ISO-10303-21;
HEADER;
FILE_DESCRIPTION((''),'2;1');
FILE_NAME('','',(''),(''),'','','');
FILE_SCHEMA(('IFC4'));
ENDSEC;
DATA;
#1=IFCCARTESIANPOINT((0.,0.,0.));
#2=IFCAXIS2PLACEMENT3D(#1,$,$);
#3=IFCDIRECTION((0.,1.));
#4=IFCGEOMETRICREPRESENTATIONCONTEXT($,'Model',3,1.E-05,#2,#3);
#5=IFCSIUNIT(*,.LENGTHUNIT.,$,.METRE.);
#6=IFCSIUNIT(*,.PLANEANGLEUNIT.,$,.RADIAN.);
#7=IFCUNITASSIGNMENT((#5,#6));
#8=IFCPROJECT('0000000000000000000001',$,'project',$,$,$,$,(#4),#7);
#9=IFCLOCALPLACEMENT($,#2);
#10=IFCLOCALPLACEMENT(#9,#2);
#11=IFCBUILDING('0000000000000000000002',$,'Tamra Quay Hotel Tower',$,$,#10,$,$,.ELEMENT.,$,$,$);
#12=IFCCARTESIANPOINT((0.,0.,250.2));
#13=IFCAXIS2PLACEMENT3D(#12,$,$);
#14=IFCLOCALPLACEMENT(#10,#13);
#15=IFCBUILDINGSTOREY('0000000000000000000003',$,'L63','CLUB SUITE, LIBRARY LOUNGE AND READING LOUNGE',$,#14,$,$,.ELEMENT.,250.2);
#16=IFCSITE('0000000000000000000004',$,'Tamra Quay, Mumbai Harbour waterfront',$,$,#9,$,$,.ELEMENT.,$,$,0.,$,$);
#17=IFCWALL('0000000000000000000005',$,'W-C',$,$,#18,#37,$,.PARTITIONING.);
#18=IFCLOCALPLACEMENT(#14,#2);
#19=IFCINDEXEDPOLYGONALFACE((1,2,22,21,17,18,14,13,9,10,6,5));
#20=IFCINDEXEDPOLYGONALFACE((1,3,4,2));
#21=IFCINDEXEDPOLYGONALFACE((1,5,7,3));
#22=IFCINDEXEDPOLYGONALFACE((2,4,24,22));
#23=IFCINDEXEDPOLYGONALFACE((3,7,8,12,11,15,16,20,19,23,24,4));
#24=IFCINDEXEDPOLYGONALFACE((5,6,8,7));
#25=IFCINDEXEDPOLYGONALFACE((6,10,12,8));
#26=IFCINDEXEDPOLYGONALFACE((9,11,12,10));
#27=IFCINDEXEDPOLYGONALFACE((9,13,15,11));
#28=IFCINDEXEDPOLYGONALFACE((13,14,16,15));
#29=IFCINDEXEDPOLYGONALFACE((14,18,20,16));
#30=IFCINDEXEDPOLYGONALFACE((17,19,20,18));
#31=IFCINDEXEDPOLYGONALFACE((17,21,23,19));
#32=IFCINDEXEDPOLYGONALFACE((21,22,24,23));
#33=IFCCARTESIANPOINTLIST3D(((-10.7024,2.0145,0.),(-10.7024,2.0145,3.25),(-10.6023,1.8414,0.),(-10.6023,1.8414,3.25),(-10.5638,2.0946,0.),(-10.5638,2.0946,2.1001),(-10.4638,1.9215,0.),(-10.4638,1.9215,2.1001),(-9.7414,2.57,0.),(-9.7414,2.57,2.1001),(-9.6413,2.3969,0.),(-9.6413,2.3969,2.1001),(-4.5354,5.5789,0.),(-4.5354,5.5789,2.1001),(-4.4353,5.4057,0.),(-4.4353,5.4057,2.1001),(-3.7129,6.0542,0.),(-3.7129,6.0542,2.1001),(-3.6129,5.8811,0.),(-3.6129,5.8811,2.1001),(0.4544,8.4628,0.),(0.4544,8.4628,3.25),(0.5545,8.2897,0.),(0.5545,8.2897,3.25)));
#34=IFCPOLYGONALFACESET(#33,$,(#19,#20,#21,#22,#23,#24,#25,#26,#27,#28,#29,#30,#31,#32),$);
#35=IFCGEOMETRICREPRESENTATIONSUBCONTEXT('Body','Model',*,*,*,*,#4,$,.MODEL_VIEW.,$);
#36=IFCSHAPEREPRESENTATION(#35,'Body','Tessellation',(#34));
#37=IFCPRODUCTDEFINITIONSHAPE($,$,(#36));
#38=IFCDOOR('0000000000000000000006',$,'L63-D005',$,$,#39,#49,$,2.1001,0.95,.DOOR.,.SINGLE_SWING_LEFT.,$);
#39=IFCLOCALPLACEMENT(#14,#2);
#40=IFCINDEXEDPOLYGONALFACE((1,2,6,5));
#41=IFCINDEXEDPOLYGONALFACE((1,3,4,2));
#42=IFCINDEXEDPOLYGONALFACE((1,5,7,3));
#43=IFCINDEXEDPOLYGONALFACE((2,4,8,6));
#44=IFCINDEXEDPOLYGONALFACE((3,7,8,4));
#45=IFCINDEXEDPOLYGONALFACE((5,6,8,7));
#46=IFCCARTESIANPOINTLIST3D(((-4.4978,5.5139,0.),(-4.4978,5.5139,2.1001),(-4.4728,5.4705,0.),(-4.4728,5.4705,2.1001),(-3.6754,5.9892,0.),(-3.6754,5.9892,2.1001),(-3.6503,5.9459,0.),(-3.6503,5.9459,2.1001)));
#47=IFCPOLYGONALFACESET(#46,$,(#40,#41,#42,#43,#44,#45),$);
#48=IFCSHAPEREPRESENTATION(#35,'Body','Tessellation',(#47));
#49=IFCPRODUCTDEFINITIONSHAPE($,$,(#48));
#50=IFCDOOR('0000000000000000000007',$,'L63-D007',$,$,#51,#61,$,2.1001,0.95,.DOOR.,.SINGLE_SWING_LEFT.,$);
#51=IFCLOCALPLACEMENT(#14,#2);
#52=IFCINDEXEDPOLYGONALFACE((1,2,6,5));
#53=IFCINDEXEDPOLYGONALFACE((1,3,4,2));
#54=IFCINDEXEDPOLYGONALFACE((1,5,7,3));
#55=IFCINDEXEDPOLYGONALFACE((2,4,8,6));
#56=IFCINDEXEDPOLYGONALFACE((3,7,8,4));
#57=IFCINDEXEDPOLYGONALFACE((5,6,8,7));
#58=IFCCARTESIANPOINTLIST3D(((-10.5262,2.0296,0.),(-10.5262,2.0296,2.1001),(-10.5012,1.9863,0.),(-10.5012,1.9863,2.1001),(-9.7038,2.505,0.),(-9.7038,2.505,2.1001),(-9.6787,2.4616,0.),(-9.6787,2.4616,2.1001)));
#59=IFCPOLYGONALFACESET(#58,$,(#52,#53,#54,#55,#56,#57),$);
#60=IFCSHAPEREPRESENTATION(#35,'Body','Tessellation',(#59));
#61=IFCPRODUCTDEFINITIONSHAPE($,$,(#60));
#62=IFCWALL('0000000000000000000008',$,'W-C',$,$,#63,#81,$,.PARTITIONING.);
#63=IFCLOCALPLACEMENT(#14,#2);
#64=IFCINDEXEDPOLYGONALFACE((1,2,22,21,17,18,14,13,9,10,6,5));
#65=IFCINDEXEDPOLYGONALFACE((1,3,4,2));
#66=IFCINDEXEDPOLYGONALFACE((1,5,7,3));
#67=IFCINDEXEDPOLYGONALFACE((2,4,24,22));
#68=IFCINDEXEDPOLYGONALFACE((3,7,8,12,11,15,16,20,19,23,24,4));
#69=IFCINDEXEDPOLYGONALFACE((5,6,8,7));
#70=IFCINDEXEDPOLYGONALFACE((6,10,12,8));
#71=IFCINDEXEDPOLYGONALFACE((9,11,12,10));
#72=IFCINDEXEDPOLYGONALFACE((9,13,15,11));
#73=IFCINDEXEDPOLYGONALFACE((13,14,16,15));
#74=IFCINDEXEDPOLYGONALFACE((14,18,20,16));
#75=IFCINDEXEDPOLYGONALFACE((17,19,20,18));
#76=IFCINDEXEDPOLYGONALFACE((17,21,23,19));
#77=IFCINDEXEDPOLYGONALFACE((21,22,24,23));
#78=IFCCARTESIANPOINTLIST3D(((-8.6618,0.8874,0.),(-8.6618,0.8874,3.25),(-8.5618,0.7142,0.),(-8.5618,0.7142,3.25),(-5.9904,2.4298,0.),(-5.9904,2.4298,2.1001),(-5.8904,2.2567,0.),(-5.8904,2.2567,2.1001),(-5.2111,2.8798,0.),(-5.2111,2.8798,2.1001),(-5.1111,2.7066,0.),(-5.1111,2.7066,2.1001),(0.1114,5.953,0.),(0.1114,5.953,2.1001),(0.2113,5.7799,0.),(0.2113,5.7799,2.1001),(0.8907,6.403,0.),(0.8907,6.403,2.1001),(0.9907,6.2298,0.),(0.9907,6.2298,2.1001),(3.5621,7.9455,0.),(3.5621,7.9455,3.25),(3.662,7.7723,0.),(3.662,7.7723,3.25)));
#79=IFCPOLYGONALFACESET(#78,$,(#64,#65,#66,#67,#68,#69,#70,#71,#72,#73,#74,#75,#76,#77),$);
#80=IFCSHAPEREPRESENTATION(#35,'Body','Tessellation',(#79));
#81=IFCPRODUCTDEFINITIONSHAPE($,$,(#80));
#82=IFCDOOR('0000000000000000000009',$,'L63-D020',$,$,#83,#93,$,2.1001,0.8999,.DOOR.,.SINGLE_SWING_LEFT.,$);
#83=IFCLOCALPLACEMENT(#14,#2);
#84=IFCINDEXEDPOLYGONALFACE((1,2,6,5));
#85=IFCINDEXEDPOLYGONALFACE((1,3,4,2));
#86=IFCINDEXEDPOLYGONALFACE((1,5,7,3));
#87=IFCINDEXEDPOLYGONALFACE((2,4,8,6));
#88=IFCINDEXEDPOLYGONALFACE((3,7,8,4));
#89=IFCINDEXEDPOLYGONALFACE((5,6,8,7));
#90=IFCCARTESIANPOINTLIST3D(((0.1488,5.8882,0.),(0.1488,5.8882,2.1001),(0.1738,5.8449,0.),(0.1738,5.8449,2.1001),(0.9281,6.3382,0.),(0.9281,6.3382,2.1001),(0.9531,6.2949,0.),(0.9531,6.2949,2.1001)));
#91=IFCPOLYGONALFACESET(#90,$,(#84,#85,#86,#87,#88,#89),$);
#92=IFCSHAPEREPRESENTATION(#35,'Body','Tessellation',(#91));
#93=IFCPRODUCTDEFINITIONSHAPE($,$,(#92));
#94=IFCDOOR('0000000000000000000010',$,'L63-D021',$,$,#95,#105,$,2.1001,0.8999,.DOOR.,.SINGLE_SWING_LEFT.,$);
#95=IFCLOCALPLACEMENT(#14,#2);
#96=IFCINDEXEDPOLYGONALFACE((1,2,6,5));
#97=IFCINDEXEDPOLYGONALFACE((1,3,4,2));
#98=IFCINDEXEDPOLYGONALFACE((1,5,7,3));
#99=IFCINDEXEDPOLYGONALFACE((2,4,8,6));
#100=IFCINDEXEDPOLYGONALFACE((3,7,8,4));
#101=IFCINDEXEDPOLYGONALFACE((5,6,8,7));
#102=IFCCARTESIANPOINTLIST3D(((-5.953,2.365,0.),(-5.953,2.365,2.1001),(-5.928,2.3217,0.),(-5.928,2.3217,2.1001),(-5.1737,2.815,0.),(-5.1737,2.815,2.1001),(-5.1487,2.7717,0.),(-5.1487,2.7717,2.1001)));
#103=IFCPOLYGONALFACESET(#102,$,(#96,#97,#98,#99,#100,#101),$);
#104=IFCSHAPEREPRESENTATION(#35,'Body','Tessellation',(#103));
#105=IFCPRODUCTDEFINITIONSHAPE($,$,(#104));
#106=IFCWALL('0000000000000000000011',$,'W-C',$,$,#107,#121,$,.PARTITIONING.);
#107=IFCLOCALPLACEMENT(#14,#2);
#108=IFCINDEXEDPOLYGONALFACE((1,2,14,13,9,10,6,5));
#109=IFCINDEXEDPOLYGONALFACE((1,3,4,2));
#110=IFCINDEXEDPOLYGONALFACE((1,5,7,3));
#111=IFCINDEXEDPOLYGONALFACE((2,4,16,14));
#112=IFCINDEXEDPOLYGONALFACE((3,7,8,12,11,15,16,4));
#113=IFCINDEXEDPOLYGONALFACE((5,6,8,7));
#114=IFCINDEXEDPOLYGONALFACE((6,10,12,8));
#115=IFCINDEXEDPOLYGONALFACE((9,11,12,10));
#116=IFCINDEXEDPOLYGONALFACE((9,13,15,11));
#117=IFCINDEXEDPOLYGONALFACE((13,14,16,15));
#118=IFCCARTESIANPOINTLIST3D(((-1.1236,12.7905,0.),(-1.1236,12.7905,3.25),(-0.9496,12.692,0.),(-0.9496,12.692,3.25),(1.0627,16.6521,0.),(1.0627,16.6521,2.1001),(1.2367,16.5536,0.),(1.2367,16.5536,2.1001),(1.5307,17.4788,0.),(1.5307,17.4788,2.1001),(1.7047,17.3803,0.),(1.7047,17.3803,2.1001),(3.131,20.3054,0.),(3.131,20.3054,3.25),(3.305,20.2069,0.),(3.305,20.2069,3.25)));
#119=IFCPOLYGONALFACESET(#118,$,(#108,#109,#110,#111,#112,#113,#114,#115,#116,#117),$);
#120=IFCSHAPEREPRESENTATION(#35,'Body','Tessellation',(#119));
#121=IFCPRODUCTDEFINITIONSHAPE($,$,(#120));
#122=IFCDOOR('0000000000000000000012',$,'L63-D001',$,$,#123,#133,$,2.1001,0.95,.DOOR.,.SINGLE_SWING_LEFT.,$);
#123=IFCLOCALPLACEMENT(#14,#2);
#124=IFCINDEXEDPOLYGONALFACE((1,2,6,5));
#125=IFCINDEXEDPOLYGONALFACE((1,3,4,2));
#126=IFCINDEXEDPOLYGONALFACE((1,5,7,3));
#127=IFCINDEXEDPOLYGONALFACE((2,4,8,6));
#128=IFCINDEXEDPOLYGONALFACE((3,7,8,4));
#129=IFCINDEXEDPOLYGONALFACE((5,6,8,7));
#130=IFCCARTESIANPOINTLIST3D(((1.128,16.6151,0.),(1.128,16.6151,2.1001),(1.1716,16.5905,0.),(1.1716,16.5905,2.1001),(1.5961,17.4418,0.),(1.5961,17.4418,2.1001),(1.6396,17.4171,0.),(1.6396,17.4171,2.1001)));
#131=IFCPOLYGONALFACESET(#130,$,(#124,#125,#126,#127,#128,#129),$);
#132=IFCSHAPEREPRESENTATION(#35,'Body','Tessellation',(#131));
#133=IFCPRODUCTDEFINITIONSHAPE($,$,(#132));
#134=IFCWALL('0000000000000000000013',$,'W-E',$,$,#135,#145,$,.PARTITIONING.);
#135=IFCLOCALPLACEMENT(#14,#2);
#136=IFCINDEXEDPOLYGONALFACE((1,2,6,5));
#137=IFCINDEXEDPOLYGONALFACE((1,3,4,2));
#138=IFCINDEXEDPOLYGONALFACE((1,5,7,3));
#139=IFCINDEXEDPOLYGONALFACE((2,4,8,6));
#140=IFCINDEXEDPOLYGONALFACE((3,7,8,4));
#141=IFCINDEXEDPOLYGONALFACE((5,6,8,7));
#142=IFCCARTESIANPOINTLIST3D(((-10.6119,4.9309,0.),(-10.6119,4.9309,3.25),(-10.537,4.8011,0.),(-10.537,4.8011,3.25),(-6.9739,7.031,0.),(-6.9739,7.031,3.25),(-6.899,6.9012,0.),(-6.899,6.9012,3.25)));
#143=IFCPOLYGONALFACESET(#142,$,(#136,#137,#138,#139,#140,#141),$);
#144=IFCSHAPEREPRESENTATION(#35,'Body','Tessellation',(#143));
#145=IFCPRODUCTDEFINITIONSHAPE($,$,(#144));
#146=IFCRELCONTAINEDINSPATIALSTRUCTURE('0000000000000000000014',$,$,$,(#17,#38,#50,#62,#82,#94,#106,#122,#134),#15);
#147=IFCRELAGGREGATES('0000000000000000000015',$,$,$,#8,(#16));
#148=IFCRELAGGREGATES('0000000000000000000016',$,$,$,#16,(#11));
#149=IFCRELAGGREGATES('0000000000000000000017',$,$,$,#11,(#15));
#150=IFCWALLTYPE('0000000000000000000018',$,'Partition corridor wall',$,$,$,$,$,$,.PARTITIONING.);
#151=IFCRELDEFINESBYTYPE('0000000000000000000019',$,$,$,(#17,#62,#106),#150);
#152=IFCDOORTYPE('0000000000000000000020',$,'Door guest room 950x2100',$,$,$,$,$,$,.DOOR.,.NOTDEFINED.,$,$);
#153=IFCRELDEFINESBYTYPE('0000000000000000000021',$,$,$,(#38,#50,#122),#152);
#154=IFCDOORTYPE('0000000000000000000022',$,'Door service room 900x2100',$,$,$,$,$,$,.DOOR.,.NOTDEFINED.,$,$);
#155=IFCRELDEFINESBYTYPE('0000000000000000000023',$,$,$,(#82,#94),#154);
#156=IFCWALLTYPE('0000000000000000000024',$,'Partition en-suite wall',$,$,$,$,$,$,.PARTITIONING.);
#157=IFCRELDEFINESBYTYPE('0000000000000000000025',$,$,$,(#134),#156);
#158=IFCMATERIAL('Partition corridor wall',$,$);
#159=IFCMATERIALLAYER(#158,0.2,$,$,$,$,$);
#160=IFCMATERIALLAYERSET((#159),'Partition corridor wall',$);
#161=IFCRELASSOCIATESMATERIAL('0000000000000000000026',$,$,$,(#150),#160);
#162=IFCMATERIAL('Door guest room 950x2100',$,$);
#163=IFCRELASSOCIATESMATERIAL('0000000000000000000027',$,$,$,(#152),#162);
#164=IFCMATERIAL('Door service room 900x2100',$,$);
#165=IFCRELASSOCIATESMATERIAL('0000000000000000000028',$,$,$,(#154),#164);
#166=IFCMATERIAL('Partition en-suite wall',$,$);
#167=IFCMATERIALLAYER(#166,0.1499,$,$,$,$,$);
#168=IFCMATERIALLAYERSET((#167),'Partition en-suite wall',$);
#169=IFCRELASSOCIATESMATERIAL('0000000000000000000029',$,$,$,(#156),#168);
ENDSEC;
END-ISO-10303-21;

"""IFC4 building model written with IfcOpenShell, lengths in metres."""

from ifc_helpers import new_model, si_unit, direction, frame, frame_2d, origin, place, context, subcontext, project, spatial, rectangle, extrude, material, layer, layer_set, type_object, element, fill, save


model = new_model("IFC4")

# Units and contexts
model_context = context("Model", 3, precision=1e-05, world=origin(), true_north=direction((0.0, 1.0)))
body_context = subcontext(model_context, "Body", "Model", "MODEL_VIEW")
ifc_project = project(units=[si_unit("LENGTHUNIT", "METRE"), si_unit("PLANEANGLEUNIT", "RADIAN")], contexts=[model_context])

# Site, building, storey
site_placement = place(None, origin())
site = spatial("IfcSite", under=ifc_project, at=site_placement, Name="Tamra Quay, Mumbai Harbour waterfront", CompositionType="ELEMENT", RefElevation=0.0)
building_placement = place(site_placement, origin())
building = spatial("IfcBuilding", under=site, at=building_placement, Name="Tamra Quay Hotel Tower", CompositionType="ELEMENT")
storey_placement = place(building_placement, frame((0.0, 0.0, 250.2)))
storey = spatial("IfcBuildingStorey", under=building, at=storey_placement, Name="L63", Description="CLUB SUITE, LIBRARY LOUNGE AND READING LOUNGE", CompositionType="ELEMENT", Elevation=250.2)

# Walls, openings, doors
ifc_material_1 = material(Name="Partition corridor wall")
ifc_layer_1 = layer(ifc_material_1, 0.2)
ifc_layer_set_1 = layer_set([ifc_layer_1], Name="Partition corridor wall")
wall_type_1 = type_object("IfcWallType", Name="Partition corridor wall", PredefinedType="PARTITIONING", material=ifc_layer_set_1)
wall_1_placement = place(storey_placement, frame((-10.6523, 1.928, 0.0), z_axis=(0.0, 0.0, 1.0), x_axis=(0.865794, 0.500401, 0.0)))
wall_1 = element("IfcWall", 1, at=wall_1_placement, inside=storey, type_object=wall_type_1, Name="W-C", PredefinedType="PARTITIONING", context=body_context, shape_type="SweptSolid", body=[
    extrude(rectangle(XDim=12.8862, YDim=0.2, at=frame_2d((6.4431, 0.0))), origin(), (0.0, 0.0, 1.0), 3.25),
])
opening_1_placement = place(wall_1_placement, frame((7.1228, 0.0, 0.0)))
opening_1 = element("IfcOpeningElement", 2, at=opening_1_placement, cuts=wall_1, PredefinedType="OPENING", context=body_context, shape_type="SweptSolid", body=[
    extrude(rectangle(XDim=0.95, YDim=2.1001, at=frame_2d((0.4751, 1.05))), frame((0.0, 0.1099, 0.0), z_axis=(0.0, -1.0, 0.0), x_axis=(1.0, 0.0, 0.0)), (0.0, 0.0, 1.0), 0.22),
])
opening_2_placement = place(wall_1_placement, frame((0.1599, 0.0, 0.0)))
opening_2 = element("IfcOpeningElement", 3, at=opening_2_placement, cuts=wall_1, PredefinedType="OPENING", context=body_context, shape_type="SweptSolid", body=[
    extrude(rectangle(XDim=0.95, YDim=2.1001, at=frame_2d((0.4751, 1.05))), frame((0.0, 0.1099, 0.0), z_axis=(0.0, -1.0, 0.0), x_axis=(1.0, 0.0, 0.0)), (0.0, 0.0, 1.0), 0.22),
])
ifc_material_2 = material(Name="Door guest room 950x2100")
door_type_1 = type_object("IfcDoorType", Name="Door guest room 950x2100", OperationType="NOTDEFINED", PredefinedType="DOOR", material=ifc_material_2)
door_1_placement = place(opening_1_placement, origin())
door_1 = element("IfcDoor", 4, at=door_1_placement, inside=storey, type_object=door_type_1, Name="L63-D005", OperationType="SINGLE_SWING_LEFT", OverallHeight=2.1001, OverallWidth=0.95, PredefinedType="DOOR", context=body_context, shape_type="SweptSolid", body=[
    extrude(rectangle(XDim=0.95, YDim=2.1001, at=frame_2d((0.4751, 1.05))), frame((0.0, 0.0249, 0.0), z_axis=(0.0, -1.0, 0.0), x_axis=(1.0, 0.0, 0.0)), (0.0, 0.0, 1.0), 0.05),
])
fill(opening_1, door_1)
door_2_placement = place(opening_2_placement, origin())
door_2 = element("IfcDoor", 5, at=door_2_placement, inside=storey, type_object=door_type_1, Name="L63-D007", OperationType="SINGLE_SWING_LEFT", OverallHeight=2.1001, OverallWidth=0.95, PredefinedType="DOOR", context=body_context, shape_type="SweptSolid", body=[
    extrude(rectangle(XDim=0.95, YDim=2.1001, at=frame_2d((0.4751, 1.05))), frame((0.0, 0.0249, 0.0), z_axis=(0.0, -1.0, 0.0), x_axis=(1.0, 0.0, 0.0)), (0.0, 0.0, 1.0), 0.05),
])
fill(opening_2, door_2)
wall_2_placement = place(storey_placement, frame((-8.6118, 0.8008, 0.0), z_axis=(0.0, 0.0, 1.0), x_axis=(0.866006, 0.500034, 0.0)))
wall_2 = element("IfcWall", 6, at=wall_2_placement, inside=storey, type_object=wall_type_1, Name="W-C", PredefinedType="PARTITIONING", context=body_context, shape_type="SweptSolid", body=[
    extrude(rectangle(XDim=14.1152, YDim=0.2, at=frame_2d((7.0576, 0.0))), origin(), (0.0, 0.0, 1.0), 3.25),
])
opening_3_placement = place(wall_2_placement, frame((10.1306, 0.0, 0.0)))
opening_3 = element("IfcOpeningElement", 7, at=opening_3_placement, cuts=wall_2, PredefinedType="OPENING", context=body_context, shape_type="SweptSolid", body=[
    extrude(rectangle(XDim=0.8999, YDim=2.1001, at=frame_2d((0.45, 1.05))), frame((0.0, 0.1099, 0.0), z_axis=(0.0, -1.0, 0.0), x_axis=(1.0, 0.0, 0.0)), (0.0, 0.0, 1.0), 0.22),
])
opening_4_placement = place(wall_2_placement, frame((3.0847, 0.0, 0.0)))
opening_4 = element("IfcOpeningElement", 8, at=opening_4_placement, cuts=wall_2, PredefinedType="OPENING", context=body_context, shape_type="SweptSolid", body=[
    extrude(rectangle(XDim=0.8999, YDim=2.1001, at=frame_2d((0.45, 1.05))), frame((0.0, 0.1099, 0.0), z_axis=(0.0, -1.0, 0.0), x_axis=(1.0, 0.0, 0.0)), (0.0, 0.0, 1.0), 0.22),
])
ifc_material_3 = material(Name="Door service room 900x2100")
door_type_2 = type_object("IfcDoorType", Name="Door service room 900x2100", OperationType="NOTDEFINED", PredefinedType="DOOR", material=ifc_material_3)
door_3_placement = place(opening_3_placement, frame((0.8999, 0.0, 0.0), z_axis=(0.0, 0.0, 1.0), x_axis=(-1.0, 0.0, 0.0)))
door_3 = element("IfcDoor", 9, at=door_3_placement, inside=storey, type_object=door_type_2, Name="L63-D020", OperationType="SINGLE_SWING_LEFT", OverallHeight=2.1001, OverallWidth=0.8999, PredefinedType="DOOR", context=body_context, shape_type="SweptSolid", body=[
    extrude(rectangle(XDim=0.8999, YDim=2.1001, at=frame_2d((0.45, 1.05))), frame((0.0, 0.0249, 0.0), z_axis=(0.0, -1.0, 0.0), x_axis=(1.0, 0.0, 0.0)), (0.0, 0.0, 1.0), 0.05),
])
fill(opening_3, door_3)
door_4_placement = place(opening_4_placement, frame((0.8999, 0.0, 0.0), z_axis=(0.0, 0.0, 1.0), x_axis=(-1.0, 0.0, 0.0)))
door_4 = element("IfcDoor", 10, at=door_4_placement, inside=storey, type_object=door_type_2, Name="L63-D021", OperationType="SINGLE_SWING_LEFT", OverallHeight=2.1001, OverallWidth=0.8999, PredefinedType="DOOR", context=body_context, shape_type="SweptSolid", body=[
    extrude(rectangle(XDim=0.8999, YDim=2.1001, at=frame_2d((0.45, 1.05))), frame((0.0, 0.0249, 0.0), z_axis=(0.0, -1.0, 0.0), x_axis=(1.0, 0.0, 0.0)), (0.0, 0.0, 1.0), 0.05),
])
fill(opening_4, door_4)

# Wall, opening, door
wall_3_placement = place(storey_placement, frame((-1.0366, 12.7412, 0.0), z_axis=(0.0, 0.0, 1.0), x_axis=(0.492679, 0.870211, 0.0)))
wall_3 = element("IfcWall", 11, at=wall_3_placement, inside=storey, type_object=wall_type_1, Name="W-C", PredefinedType="PARTITIONING", context=body_context, shape_type="SweptSolid", body=[
    extrude(rectangle(XDim=8.6357, YDim=0.2, at=frame_2d((4.3179, 0.0))), origin(), (0.0, 0.0, 1.0), 3.25),
])
opening_5_placement = place(wall_3_placement, frame((4.4375, 0.0, 0.0)))
opening_5 = element("IfcOpeningElement", 12, at=opening_5_placement, cuts=wall_3, PredefinedType="OPENING", context=body_context, shape_type="SweptSolid", body=[
    extrude(rectangle(XDim=0.95, YDim=2.1001, at=frame_2d((0.4751, 1.05))), frame((0.0, 0.1099, 0.0), z_axis=(0.0, -1.0, 0.0), x_axis=(1.0, 0.0, 0.0)), (0.0, 0.0, 1.0), 0.22),
])
door_5_placement = place(opening_5_placement, origin())
door_5 = element("IfcDoor", 13, at=door_5_placement, inside=storey, type_object=door_type_1, Name="L63-D001", OperationType="SINGLE_SWING_LEFT", OverallHeight=2.1001, OverallWidth=0.95, PredefinedType="DOOR", context=body_context, shape_type="SweptSolid", body=[
    extrude(rectangle(XDim=0.95, YDim=2.1001, at=frame_2d((0.4751, 1.05))), frame((0.0, 0.0249, 0.0), z_axis=(0.0, -1.0, 0.0), x_axis=(1.0, 0.0, 0.0)), (0.0, 0.0, 1.0), 0.05),
])
fill(opening_5, door_5)

# Wall
ifc_material_4 = material(Name="Partition en-suite wall")
ifc_layer_2 = layer(ifc_material_4, 0.1499)
ifc_layer_set_2 = layer_set([ifc_layer_2], Name="Partition en-suite wall")
wall_type_2 = type_object("IfcWallType", Name="Partition en-suite wall", PredefinedType="PARTITIONING", material=ifc_layer_set_2)
wall_4_placement = place(storey_placement, frame((-10.5745, 4.866, 0.0), z_axis=(0.0, 0.0, 1.0), x_axis=(0.866053, 0.499952, 0.0)))
element("IfcWall", 14, at=wall_4_placement, inside=storey, type_object=wall_type_2, Name="W-E", PredefinedType="PARTITIONING", context=body_context, shape_type="SweptSolid", body=[
    extrude(rectangle(XDim=4.2007, YDim=0.1499, at=frame_2d((2.1003, 0.0))), origin(), (0.0, 0.0, 1.0), 3.25),
])

save(model, "model.ifc")
